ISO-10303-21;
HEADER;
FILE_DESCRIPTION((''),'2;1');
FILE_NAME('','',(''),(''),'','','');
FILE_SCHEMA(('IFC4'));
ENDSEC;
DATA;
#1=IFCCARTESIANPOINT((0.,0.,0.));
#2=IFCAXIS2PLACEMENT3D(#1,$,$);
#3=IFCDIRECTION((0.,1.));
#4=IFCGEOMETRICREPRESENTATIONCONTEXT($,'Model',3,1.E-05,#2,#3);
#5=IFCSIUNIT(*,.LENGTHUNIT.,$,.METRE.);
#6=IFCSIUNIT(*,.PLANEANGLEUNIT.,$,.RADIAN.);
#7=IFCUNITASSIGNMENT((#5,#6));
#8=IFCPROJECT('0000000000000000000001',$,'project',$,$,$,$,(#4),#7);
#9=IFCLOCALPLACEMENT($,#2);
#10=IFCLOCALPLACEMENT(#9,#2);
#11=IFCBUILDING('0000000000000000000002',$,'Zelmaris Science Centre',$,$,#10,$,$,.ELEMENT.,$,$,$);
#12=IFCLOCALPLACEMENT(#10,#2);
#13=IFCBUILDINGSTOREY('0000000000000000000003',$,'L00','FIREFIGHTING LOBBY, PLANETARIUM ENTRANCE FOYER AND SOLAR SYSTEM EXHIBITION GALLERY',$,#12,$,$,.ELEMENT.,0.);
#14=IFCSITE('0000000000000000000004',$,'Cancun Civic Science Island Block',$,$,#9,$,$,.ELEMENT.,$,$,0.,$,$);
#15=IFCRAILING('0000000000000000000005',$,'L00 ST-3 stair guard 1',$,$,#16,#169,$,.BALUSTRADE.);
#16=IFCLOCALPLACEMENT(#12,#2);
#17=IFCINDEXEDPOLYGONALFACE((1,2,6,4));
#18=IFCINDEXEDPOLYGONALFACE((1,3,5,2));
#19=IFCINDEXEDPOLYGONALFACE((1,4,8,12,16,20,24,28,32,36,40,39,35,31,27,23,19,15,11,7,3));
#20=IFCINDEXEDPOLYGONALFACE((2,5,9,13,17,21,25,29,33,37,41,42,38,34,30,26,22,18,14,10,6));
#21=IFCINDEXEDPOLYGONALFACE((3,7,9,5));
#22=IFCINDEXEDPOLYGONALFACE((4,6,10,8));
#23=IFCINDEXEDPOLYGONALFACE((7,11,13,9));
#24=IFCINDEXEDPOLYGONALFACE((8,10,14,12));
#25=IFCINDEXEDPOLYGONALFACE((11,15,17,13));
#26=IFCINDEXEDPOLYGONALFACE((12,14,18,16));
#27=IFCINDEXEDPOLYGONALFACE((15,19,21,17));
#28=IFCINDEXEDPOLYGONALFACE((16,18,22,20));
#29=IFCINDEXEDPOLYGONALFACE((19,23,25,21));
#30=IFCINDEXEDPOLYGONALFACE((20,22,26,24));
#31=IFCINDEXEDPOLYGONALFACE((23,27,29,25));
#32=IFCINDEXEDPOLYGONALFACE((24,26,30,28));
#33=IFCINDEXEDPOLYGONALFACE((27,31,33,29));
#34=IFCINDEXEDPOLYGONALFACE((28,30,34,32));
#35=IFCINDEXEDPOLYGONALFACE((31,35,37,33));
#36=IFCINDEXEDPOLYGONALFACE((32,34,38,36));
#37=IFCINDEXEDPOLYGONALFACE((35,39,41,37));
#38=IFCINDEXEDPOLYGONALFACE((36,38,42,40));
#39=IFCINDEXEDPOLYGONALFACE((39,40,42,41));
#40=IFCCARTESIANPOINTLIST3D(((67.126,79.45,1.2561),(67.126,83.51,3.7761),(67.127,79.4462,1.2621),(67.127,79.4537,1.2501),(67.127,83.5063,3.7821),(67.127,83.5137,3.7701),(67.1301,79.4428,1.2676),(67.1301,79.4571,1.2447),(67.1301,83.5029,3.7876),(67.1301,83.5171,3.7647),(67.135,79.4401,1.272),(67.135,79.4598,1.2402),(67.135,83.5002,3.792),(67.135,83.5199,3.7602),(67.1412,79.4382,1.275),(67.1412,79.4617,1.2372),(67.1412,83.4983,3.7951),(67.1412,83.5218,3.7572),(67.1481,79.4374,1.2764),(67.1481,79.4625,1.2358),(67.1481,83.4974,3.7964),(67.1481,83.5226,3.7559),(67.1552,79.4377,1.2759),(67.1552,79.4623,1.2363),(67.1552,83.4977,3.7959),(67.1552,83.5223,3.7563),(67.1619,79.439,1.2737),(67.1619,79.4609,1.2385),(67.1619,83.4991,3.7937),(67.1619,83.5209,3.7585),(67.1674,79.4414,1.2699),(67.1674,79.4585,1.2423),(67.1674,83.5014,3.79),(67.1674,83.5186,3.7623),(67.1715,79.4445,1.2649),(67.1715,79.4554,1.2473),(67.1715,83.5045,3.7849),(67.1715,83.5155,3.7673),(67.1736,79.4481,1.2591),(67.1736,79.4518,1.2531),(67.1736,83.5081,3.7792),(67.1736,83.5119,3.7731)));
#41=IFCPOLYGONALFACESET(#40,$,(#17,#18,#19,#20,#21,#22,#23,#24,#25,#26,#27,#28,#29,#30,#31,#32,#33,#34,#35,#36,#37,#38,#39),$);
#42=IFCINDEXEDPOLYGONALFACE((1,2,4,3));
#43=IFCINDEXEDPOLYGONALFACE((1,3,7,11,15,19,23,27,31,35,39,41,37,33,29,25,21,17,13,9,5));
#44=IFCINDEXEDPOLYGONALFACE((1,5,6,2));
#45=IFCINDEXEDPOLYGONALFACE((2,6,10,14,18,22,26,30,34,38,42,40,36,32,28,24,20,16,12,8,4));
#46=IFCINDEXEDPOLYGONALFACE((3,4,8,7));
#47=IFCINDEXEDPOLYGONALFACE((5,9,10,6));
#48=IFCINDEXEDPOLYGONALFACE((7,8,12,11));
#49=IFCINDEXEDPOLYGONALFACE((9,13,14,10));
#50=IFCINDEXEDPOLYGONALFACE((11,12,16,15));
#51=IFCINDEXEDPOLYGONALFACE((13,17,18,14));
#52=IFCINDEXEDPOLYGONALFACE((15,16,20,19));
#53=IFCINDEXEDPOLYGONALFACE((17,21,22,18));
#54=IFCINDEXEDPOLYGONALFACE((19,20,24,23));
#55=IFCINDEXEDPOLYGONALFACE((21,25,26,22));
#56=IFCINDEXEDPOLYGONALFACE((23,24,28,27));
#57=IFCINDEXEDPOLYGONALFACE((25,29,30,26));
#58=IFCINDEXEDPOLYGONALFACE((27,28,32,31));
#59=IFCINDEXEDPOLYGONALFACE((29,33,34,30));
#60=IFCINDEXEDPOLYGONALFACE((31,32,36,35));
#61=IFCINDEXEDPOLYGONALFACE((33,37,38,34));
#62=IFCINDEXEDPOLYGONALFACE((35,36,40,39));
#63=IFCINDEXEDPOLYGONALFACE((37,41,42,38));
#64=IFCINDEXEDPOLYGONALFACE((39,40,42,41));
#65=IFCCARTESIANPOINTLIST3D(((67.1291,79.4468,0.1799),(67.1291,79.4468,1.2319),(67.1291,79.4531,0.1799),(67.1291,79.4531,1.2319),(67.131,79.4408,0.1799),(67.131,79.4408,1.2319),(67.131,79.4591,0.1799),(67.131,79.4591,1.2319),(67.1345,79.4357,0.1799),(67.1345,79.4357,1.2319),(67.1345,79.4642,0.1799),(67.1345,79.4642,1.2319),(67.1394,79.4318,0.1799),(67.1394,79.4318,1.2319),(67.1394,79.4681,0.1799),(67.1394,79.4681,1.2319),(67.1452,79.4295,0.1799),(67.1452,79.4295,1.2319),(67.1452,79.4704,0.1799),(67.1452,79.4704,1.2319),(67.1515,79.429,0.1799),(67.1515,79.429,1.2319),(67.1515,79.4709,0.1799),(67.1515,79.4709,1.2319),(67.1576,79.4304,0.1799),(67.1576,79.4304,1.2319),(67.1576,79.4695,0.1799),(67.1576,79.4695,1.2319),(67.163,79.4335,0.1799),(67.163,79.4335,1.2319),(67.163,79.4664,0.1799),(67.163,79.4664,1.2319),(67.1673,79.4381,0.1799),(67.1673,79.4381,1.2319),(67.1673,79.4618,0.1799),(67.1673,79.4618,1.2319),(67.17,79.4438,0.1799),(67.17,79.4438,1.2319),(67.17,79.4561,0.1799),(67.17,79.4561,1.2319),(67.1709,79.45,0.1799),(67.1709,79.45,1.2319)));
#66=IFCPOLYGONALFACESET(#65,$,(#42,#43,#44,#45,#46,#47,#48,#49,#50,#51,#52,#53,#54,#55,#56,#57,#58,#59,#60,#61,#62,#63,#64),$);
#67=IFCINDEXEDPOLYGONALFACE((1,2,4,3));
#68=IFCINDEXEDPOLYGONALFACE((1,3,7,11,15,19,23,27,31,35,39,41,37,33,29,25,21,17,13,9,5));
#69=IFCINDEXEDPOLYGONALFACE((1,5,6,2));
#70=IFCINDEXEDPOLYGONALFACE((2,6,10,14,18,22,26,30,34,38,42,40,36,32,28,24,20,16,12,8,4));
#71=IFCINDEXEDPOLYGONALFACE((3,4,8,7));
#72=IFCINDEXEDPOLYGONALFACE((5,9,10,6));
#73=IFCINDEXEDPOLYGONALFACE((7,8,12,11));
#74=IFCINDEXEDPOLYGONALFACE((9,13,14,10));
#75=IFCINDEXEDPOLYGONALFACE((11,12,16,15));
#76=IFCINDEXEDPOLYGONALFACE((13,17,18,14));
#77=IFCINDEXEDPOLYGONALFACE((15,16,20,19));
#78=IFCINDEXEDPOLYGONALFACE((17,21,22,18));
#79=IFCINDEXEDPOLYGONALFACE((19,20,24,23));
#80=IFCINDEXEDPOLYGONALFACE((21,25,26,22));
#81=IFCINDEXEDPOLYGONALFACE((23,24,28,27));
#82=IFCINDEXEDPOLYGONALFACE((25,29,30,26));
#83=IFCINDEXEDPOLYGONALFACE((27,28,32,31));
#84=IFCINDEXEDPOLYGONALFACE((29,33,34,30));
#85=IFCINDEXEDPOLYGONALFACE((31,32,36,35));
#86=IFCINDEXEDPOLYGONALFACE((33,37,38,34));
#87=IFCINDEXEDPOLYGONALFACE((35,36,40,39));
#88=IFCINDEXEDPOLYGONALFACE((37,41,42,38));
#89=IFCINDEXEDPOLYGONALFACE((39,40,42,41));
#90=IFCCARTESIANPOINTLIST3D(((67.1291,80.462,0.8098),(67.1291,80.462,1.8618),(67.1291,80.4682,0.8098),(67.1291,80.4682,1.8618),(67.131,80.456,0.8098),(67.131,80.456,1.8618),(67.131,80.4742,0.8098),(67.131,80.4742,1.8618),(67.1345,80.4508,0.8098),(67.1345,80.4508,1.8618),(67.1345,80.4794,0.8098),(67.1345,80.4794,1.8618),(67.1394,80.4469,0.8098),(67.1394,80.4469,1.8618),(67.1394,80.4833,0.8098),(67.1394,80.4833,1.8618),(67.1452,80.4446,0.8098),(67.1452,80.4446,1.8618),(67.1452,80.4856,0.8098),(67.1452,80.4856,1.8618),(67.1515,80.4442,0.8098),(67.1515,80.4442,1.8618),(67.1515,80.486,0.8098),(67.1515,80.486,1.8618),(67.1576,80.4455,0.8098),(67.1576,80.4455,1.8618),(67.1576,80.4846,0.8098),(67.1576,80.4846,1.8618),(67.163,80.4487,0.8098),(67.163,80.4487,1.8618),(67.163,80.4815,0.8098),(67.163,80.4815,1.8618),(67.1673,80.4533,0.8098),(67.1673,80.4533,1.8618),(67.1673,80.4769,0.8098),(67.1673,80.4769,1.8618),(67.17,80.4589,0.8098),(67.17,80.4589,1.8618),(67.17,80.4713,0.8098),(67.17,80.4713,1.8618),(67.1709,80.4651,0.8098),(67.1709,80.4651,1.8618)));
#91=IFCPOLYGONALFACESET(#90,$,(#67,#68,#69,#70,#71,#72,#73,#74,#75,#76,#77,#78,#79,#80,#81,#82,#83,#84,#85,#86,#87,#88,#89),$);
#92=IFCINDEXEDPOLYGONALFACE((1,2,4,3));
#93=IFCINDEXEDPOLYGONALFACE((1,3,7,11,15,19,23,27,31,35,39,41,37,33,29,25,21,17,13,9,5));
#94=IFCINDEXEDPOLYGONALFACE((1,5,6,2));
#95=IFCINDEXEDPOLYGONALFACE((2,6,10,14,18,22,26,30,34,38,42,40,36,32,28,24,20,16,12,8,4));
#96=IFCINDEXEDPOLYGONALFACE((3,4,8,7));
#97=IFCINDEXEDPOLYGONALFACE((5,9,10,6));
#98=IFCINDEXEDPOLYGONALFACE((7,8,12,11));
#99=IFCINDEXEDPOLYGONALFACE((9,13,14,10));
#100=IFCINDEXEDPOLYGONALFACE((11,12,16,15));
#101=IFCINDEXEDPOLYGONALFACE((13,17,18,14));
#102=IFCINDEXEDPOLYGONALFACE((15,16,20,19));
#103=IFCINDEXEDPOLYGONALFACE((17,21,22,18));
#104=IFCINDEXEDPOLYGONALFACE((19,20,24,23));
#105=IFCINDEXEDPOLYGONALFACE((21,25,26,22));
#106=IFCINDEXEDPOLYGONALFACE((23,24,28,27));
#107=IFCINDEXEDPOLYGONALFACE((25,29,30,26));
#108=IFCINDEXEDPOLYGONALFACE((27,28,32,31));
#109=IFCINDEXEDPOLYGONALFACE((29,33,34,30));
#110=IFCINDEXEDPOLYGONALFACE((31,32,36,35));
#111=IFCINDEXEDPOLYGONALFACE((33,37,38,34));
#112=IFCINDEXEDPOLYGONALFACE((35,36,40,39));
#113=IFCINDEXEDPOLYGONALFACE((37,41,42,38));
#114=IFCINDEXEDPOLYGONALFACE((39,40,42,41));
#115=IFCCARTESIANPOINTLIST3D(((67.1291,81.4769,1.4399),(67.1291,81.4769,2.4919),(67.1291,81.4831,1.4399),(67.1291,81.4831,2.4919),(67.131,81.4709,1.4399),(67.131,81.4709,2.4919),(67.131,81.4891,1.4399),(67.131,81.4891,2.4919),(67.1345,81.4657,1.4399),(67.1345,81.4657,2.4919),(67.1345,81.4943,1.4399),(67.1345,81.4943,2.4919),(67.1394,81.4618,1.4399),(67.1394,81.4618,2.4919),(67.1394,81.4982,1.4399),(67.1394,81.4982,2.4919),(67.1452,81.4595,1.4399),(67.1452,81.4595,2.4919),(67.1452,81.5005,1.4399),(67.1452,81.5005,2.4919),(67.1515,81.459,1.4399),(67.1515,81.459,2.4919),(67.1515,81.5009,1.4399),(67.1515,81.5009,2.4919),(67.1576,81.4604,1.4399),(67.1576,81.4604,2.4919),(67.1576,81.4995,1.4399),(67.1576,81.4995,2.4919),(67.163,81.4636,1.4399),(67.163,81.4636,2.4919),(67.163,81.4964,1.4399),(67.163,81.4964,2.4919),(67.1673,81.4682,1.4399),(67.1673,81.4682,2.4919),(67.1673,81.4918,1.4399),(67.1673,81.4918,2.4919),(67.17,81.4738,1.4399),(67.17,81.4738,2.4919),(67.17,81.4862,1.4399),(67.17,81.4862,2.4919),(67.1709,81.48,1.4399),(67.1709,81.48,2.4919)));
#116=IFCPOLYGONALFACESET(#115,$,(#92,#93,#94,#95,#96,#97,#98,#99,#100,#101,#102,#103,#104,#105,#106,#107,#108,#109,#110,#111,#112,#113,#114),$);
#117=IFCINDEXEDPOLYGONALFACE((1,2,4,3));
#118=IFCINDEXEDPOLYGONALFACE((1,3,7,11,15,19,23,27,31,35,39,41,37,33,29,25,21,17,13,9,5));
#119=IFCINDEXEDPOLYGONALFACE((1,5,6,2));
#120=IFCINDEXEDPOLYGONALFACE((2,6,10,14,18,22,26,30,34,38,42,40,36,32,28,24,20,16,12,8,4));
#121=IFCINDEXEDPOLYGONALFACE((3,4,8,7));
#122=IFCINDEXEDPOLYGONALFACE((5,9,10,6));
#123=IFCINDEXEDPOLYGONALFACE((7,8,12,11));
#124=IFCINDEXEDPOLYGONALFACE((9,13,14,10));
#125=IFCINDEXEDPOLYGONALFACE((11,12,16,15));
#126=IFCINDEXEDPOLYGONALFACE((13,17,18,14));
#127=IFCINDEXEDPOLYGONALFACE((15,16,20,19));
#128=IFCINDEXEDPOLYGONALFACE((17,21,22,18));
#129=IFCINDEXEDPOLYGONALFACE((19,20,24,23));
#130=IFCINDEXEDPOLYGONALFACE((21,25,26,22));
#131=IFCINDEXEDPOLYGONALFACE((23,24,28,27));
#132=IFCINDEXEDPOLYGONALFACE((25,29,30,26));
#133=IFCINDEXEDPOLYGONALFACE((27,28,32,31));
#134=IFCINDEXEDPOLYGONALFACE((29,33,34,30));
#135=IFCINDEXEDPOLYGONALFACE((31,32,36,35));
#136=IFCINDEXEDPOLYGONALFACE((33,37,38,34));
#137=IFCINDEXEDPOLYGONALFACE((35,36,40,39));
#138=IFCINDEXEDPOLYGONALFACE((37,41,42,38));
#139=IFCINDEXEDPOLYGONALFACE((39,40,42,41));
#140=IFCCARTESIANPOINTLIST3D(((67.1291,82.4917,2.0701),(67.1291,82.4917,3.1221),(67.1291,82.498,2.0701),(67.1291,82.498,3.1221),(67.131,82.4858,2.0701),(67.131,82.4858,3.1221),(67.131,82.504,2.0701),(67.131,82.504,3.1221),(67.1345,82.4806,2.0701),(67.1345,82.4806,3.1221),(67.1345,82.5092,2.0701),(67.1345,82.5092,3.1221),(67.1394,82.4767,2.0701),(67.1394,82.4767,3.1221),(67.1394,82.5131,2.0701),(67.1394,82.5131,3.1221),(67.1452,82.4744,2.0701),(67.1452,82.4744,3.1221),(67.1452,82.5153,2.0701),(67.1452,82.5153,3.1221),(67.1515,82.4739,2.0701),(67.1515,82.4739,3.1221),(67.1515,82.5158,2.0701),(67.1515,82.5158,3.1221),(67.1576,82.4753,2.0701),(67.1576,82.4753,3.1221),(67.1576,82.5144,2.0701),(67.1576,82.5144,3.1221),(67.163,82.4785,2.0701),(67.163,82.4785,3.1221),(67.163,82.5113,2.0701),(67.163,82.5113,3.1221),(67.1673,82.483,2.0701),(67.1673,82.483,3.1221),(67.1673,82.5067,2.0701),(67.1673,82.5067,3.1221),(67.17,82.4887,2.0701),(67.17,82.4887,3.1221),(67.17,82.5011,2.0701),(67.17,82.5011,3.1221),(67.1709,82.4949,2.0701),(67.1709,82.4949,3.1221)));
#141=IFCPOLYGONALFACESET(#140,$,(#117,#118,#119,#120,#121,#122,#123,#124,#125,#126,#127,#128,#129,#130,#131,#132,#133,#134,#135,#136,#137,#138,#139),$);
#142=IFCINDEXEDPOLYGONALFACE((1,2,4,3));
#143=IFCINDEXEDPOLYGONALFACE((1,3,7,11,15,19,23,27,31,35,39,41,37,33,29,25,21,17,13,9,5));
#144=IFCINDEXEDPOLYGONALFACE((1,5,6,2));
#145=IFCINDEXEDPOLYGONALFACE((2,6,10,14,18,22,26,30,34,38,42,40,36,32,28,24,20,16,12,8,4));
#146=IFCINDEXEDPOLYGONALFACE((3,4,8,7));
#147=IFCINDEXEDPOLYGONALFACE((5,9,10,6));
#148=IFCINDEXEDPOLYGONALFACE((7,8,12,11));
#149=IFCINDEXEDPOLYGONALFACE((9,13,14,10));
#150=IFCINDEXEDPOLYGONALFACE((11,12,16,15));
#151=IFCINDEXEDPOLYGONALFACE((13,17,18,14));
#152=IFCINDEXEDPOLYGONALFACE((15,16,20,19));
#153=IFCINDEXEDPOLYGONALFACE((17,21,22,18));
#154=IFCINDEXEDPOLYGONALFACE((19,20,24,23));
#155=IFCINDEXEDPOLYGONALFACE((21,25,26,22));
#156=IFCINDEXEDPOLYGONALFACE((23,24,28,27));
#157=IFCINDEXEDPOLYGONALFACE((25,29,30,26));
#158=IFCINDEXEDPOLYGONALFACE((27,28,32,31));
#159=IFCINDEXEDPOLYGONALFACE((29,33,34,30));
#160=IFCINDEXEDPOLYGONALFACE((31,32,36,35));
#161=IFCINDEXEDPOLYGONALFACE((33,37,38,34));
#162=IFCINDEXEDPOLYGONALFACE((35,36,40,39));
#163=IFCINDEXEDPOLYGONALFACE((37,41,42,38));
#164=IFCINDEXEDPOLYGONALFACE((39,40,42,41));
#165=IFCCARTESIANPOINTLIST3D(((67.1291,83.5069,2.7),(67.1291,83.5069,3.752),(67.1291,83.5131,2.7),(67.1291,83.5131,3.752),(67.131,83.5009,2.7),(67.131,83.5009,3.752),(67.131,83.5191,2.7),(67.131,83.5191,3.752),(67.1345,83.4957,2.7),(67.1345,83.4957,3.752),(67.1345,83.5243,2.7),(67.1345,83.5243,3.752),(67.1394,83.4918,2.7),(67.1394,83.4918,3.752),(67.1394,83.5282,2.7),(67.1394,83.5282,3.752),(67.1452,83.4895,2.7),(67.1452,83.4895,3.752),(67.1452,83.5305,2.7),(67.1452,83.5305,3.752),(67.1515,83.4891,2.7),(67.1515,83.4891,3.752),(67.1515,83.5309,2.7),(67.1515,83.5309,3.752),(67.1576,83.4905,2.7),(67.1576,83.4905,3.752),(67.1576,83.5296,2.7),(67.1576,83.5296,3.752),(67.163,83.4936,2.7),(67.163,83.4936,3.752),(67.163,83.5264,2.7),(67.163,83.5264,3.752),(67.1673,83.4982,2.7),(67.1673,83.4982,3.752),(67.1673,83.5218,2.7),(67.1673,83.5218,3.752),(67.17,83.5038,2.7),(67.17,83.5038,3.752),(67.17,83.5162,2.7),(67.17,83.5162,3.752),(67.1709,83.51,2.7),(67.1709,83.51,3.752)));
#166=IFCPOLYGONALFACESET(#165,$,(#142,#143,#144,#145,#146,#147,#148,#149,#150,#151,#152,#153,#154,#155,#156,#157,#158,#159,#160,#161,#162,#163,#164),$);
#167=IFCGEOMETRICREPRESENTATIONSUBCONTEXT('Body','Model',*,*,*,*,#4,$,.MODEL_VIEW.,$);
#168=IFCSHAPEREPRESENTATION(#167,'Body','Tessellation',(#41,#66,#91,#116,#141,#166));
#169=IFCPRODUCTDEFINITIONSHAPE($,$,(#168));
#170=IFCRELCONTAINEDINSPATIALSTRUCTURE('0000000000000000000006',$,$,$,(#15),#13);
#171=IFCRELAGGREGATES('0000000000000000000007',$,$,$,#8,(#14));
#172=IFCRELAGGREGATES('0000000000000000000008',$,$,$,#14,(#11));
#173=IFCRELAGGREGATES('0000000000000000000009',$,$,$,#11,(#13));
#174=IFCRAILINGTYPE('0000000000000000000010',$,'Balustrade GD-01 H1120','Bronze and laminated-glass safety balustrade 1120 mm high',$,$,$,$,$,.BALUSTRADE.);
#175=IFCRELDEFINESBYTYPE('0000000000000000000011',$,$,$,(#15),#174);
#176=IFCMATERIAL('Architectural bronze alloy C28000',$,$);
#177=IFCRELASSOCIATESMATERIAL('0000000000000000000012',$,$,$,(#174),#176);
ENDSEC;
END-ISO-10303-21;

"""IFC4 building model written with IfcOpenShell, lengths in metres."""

from ifc_helpers import new_model, si_unit, direction, frame, origin, origin_2d, place, context, subcontext, project, spatial, circle, extrude, material, type_object, element, save


model = new_model("IFC4")

# Units and contexts
model_context = context("Model", 3, precision=1e-05, world=origin(), true_north=direction((0.0, 1.0)))
body_context = subcontext(model_context, "Body", "Model", "MODEL_VIEW")
ifc_project = project(units=[si_unit("LENGTHUNIT", "METRE"), si_unit("PLANEANGLEUNIT", "RADIAN")], contexts=[model_context])

# Site, building, storey
site_placement = place(None, origin())
site = spatial("IfcSite", under=ifc_project, at=site_placement, Name="Cancun Civic Science Island Block", CompositionType="ELEMENT", RefElevation=0.0)
building_placement = place(site_placement, origin())
building = spatial("IfcBuilding", under=site, at=building_placement, Name="Zelmaris Science Centre", CompositionType="ELEMENT")
storey_placement = place(building_placement, origin())
storey = spatial("IfcBuildingStorey", under=building, at=storey_placement, Name="L00", Description="FIREFIGHTING LOBBY, PLANETARIUM ENTRANCE FOYER AND SOLAR SYSTEM EXHIBITION GALLERY", CompositionType="ELEMENT", Elevation=0.0)

# Shared definitions
ifc_material_1 = material(Name="Architectural bronze alloy C28000")

# Railing
railing_type_1 = type_object("IfcRailingType", Name="Balustrade GD-01 H1120", Description="Bronze and laminated-glass safety balustrade 1120 mm high", PredefinedType="BALUSTRADE", material=ifc_material_1)
railing_1_placement = place(storey_placement, frame((67.1499, 79.45, 0.1799)))
element("IfcRailing", 1, at=railing_1_placement, inside=storey, type_object=railing_type_1, Name="L00 ST-3 stair guard 1", PredefinedType="BALUSTRADE", context=body_context, shape_type="SweptSolid", body=[
    extrude(circle(Radius=0.0239, at=origin_2d()), frame((0.0, 0.0, 1.0762), z_axis=(0.0, 0.849642, 0.52736), x_axis=(-1.0, 0.0, 0.0)), (0.0, 0.0, 1.0), 4.7786),
    extrude(circle(Radius=0.021, at=origin_2d()), origin(), (0.0, 0.0, 1.0), 1.052),
    extrude(circle(Radius=0.021, at=origin_2d()), frame((0.0, 1.0151, 0.6299)), (0.0, 0.0, 1.0), 1.052),
    extrude(circle(Radius=0.021, at=origin_2d()), frame((0.0, 2.03, 1.26)), (0.0, 0.0, 1.0), 1.052),
    extrude(circle(Radius=0.021, at=origin_2d()), frame((0.0, 3.0449, 1.8901)), (0.0, 0.0, 1.0), 1.052),
    extrude(circle(Radius=0.021, at=origin_2d()), frame((0.0, 4.0601, 2.52)), (0.0, 0.0, 1.0), 1.052),
])

save(model, "model.ifc")
